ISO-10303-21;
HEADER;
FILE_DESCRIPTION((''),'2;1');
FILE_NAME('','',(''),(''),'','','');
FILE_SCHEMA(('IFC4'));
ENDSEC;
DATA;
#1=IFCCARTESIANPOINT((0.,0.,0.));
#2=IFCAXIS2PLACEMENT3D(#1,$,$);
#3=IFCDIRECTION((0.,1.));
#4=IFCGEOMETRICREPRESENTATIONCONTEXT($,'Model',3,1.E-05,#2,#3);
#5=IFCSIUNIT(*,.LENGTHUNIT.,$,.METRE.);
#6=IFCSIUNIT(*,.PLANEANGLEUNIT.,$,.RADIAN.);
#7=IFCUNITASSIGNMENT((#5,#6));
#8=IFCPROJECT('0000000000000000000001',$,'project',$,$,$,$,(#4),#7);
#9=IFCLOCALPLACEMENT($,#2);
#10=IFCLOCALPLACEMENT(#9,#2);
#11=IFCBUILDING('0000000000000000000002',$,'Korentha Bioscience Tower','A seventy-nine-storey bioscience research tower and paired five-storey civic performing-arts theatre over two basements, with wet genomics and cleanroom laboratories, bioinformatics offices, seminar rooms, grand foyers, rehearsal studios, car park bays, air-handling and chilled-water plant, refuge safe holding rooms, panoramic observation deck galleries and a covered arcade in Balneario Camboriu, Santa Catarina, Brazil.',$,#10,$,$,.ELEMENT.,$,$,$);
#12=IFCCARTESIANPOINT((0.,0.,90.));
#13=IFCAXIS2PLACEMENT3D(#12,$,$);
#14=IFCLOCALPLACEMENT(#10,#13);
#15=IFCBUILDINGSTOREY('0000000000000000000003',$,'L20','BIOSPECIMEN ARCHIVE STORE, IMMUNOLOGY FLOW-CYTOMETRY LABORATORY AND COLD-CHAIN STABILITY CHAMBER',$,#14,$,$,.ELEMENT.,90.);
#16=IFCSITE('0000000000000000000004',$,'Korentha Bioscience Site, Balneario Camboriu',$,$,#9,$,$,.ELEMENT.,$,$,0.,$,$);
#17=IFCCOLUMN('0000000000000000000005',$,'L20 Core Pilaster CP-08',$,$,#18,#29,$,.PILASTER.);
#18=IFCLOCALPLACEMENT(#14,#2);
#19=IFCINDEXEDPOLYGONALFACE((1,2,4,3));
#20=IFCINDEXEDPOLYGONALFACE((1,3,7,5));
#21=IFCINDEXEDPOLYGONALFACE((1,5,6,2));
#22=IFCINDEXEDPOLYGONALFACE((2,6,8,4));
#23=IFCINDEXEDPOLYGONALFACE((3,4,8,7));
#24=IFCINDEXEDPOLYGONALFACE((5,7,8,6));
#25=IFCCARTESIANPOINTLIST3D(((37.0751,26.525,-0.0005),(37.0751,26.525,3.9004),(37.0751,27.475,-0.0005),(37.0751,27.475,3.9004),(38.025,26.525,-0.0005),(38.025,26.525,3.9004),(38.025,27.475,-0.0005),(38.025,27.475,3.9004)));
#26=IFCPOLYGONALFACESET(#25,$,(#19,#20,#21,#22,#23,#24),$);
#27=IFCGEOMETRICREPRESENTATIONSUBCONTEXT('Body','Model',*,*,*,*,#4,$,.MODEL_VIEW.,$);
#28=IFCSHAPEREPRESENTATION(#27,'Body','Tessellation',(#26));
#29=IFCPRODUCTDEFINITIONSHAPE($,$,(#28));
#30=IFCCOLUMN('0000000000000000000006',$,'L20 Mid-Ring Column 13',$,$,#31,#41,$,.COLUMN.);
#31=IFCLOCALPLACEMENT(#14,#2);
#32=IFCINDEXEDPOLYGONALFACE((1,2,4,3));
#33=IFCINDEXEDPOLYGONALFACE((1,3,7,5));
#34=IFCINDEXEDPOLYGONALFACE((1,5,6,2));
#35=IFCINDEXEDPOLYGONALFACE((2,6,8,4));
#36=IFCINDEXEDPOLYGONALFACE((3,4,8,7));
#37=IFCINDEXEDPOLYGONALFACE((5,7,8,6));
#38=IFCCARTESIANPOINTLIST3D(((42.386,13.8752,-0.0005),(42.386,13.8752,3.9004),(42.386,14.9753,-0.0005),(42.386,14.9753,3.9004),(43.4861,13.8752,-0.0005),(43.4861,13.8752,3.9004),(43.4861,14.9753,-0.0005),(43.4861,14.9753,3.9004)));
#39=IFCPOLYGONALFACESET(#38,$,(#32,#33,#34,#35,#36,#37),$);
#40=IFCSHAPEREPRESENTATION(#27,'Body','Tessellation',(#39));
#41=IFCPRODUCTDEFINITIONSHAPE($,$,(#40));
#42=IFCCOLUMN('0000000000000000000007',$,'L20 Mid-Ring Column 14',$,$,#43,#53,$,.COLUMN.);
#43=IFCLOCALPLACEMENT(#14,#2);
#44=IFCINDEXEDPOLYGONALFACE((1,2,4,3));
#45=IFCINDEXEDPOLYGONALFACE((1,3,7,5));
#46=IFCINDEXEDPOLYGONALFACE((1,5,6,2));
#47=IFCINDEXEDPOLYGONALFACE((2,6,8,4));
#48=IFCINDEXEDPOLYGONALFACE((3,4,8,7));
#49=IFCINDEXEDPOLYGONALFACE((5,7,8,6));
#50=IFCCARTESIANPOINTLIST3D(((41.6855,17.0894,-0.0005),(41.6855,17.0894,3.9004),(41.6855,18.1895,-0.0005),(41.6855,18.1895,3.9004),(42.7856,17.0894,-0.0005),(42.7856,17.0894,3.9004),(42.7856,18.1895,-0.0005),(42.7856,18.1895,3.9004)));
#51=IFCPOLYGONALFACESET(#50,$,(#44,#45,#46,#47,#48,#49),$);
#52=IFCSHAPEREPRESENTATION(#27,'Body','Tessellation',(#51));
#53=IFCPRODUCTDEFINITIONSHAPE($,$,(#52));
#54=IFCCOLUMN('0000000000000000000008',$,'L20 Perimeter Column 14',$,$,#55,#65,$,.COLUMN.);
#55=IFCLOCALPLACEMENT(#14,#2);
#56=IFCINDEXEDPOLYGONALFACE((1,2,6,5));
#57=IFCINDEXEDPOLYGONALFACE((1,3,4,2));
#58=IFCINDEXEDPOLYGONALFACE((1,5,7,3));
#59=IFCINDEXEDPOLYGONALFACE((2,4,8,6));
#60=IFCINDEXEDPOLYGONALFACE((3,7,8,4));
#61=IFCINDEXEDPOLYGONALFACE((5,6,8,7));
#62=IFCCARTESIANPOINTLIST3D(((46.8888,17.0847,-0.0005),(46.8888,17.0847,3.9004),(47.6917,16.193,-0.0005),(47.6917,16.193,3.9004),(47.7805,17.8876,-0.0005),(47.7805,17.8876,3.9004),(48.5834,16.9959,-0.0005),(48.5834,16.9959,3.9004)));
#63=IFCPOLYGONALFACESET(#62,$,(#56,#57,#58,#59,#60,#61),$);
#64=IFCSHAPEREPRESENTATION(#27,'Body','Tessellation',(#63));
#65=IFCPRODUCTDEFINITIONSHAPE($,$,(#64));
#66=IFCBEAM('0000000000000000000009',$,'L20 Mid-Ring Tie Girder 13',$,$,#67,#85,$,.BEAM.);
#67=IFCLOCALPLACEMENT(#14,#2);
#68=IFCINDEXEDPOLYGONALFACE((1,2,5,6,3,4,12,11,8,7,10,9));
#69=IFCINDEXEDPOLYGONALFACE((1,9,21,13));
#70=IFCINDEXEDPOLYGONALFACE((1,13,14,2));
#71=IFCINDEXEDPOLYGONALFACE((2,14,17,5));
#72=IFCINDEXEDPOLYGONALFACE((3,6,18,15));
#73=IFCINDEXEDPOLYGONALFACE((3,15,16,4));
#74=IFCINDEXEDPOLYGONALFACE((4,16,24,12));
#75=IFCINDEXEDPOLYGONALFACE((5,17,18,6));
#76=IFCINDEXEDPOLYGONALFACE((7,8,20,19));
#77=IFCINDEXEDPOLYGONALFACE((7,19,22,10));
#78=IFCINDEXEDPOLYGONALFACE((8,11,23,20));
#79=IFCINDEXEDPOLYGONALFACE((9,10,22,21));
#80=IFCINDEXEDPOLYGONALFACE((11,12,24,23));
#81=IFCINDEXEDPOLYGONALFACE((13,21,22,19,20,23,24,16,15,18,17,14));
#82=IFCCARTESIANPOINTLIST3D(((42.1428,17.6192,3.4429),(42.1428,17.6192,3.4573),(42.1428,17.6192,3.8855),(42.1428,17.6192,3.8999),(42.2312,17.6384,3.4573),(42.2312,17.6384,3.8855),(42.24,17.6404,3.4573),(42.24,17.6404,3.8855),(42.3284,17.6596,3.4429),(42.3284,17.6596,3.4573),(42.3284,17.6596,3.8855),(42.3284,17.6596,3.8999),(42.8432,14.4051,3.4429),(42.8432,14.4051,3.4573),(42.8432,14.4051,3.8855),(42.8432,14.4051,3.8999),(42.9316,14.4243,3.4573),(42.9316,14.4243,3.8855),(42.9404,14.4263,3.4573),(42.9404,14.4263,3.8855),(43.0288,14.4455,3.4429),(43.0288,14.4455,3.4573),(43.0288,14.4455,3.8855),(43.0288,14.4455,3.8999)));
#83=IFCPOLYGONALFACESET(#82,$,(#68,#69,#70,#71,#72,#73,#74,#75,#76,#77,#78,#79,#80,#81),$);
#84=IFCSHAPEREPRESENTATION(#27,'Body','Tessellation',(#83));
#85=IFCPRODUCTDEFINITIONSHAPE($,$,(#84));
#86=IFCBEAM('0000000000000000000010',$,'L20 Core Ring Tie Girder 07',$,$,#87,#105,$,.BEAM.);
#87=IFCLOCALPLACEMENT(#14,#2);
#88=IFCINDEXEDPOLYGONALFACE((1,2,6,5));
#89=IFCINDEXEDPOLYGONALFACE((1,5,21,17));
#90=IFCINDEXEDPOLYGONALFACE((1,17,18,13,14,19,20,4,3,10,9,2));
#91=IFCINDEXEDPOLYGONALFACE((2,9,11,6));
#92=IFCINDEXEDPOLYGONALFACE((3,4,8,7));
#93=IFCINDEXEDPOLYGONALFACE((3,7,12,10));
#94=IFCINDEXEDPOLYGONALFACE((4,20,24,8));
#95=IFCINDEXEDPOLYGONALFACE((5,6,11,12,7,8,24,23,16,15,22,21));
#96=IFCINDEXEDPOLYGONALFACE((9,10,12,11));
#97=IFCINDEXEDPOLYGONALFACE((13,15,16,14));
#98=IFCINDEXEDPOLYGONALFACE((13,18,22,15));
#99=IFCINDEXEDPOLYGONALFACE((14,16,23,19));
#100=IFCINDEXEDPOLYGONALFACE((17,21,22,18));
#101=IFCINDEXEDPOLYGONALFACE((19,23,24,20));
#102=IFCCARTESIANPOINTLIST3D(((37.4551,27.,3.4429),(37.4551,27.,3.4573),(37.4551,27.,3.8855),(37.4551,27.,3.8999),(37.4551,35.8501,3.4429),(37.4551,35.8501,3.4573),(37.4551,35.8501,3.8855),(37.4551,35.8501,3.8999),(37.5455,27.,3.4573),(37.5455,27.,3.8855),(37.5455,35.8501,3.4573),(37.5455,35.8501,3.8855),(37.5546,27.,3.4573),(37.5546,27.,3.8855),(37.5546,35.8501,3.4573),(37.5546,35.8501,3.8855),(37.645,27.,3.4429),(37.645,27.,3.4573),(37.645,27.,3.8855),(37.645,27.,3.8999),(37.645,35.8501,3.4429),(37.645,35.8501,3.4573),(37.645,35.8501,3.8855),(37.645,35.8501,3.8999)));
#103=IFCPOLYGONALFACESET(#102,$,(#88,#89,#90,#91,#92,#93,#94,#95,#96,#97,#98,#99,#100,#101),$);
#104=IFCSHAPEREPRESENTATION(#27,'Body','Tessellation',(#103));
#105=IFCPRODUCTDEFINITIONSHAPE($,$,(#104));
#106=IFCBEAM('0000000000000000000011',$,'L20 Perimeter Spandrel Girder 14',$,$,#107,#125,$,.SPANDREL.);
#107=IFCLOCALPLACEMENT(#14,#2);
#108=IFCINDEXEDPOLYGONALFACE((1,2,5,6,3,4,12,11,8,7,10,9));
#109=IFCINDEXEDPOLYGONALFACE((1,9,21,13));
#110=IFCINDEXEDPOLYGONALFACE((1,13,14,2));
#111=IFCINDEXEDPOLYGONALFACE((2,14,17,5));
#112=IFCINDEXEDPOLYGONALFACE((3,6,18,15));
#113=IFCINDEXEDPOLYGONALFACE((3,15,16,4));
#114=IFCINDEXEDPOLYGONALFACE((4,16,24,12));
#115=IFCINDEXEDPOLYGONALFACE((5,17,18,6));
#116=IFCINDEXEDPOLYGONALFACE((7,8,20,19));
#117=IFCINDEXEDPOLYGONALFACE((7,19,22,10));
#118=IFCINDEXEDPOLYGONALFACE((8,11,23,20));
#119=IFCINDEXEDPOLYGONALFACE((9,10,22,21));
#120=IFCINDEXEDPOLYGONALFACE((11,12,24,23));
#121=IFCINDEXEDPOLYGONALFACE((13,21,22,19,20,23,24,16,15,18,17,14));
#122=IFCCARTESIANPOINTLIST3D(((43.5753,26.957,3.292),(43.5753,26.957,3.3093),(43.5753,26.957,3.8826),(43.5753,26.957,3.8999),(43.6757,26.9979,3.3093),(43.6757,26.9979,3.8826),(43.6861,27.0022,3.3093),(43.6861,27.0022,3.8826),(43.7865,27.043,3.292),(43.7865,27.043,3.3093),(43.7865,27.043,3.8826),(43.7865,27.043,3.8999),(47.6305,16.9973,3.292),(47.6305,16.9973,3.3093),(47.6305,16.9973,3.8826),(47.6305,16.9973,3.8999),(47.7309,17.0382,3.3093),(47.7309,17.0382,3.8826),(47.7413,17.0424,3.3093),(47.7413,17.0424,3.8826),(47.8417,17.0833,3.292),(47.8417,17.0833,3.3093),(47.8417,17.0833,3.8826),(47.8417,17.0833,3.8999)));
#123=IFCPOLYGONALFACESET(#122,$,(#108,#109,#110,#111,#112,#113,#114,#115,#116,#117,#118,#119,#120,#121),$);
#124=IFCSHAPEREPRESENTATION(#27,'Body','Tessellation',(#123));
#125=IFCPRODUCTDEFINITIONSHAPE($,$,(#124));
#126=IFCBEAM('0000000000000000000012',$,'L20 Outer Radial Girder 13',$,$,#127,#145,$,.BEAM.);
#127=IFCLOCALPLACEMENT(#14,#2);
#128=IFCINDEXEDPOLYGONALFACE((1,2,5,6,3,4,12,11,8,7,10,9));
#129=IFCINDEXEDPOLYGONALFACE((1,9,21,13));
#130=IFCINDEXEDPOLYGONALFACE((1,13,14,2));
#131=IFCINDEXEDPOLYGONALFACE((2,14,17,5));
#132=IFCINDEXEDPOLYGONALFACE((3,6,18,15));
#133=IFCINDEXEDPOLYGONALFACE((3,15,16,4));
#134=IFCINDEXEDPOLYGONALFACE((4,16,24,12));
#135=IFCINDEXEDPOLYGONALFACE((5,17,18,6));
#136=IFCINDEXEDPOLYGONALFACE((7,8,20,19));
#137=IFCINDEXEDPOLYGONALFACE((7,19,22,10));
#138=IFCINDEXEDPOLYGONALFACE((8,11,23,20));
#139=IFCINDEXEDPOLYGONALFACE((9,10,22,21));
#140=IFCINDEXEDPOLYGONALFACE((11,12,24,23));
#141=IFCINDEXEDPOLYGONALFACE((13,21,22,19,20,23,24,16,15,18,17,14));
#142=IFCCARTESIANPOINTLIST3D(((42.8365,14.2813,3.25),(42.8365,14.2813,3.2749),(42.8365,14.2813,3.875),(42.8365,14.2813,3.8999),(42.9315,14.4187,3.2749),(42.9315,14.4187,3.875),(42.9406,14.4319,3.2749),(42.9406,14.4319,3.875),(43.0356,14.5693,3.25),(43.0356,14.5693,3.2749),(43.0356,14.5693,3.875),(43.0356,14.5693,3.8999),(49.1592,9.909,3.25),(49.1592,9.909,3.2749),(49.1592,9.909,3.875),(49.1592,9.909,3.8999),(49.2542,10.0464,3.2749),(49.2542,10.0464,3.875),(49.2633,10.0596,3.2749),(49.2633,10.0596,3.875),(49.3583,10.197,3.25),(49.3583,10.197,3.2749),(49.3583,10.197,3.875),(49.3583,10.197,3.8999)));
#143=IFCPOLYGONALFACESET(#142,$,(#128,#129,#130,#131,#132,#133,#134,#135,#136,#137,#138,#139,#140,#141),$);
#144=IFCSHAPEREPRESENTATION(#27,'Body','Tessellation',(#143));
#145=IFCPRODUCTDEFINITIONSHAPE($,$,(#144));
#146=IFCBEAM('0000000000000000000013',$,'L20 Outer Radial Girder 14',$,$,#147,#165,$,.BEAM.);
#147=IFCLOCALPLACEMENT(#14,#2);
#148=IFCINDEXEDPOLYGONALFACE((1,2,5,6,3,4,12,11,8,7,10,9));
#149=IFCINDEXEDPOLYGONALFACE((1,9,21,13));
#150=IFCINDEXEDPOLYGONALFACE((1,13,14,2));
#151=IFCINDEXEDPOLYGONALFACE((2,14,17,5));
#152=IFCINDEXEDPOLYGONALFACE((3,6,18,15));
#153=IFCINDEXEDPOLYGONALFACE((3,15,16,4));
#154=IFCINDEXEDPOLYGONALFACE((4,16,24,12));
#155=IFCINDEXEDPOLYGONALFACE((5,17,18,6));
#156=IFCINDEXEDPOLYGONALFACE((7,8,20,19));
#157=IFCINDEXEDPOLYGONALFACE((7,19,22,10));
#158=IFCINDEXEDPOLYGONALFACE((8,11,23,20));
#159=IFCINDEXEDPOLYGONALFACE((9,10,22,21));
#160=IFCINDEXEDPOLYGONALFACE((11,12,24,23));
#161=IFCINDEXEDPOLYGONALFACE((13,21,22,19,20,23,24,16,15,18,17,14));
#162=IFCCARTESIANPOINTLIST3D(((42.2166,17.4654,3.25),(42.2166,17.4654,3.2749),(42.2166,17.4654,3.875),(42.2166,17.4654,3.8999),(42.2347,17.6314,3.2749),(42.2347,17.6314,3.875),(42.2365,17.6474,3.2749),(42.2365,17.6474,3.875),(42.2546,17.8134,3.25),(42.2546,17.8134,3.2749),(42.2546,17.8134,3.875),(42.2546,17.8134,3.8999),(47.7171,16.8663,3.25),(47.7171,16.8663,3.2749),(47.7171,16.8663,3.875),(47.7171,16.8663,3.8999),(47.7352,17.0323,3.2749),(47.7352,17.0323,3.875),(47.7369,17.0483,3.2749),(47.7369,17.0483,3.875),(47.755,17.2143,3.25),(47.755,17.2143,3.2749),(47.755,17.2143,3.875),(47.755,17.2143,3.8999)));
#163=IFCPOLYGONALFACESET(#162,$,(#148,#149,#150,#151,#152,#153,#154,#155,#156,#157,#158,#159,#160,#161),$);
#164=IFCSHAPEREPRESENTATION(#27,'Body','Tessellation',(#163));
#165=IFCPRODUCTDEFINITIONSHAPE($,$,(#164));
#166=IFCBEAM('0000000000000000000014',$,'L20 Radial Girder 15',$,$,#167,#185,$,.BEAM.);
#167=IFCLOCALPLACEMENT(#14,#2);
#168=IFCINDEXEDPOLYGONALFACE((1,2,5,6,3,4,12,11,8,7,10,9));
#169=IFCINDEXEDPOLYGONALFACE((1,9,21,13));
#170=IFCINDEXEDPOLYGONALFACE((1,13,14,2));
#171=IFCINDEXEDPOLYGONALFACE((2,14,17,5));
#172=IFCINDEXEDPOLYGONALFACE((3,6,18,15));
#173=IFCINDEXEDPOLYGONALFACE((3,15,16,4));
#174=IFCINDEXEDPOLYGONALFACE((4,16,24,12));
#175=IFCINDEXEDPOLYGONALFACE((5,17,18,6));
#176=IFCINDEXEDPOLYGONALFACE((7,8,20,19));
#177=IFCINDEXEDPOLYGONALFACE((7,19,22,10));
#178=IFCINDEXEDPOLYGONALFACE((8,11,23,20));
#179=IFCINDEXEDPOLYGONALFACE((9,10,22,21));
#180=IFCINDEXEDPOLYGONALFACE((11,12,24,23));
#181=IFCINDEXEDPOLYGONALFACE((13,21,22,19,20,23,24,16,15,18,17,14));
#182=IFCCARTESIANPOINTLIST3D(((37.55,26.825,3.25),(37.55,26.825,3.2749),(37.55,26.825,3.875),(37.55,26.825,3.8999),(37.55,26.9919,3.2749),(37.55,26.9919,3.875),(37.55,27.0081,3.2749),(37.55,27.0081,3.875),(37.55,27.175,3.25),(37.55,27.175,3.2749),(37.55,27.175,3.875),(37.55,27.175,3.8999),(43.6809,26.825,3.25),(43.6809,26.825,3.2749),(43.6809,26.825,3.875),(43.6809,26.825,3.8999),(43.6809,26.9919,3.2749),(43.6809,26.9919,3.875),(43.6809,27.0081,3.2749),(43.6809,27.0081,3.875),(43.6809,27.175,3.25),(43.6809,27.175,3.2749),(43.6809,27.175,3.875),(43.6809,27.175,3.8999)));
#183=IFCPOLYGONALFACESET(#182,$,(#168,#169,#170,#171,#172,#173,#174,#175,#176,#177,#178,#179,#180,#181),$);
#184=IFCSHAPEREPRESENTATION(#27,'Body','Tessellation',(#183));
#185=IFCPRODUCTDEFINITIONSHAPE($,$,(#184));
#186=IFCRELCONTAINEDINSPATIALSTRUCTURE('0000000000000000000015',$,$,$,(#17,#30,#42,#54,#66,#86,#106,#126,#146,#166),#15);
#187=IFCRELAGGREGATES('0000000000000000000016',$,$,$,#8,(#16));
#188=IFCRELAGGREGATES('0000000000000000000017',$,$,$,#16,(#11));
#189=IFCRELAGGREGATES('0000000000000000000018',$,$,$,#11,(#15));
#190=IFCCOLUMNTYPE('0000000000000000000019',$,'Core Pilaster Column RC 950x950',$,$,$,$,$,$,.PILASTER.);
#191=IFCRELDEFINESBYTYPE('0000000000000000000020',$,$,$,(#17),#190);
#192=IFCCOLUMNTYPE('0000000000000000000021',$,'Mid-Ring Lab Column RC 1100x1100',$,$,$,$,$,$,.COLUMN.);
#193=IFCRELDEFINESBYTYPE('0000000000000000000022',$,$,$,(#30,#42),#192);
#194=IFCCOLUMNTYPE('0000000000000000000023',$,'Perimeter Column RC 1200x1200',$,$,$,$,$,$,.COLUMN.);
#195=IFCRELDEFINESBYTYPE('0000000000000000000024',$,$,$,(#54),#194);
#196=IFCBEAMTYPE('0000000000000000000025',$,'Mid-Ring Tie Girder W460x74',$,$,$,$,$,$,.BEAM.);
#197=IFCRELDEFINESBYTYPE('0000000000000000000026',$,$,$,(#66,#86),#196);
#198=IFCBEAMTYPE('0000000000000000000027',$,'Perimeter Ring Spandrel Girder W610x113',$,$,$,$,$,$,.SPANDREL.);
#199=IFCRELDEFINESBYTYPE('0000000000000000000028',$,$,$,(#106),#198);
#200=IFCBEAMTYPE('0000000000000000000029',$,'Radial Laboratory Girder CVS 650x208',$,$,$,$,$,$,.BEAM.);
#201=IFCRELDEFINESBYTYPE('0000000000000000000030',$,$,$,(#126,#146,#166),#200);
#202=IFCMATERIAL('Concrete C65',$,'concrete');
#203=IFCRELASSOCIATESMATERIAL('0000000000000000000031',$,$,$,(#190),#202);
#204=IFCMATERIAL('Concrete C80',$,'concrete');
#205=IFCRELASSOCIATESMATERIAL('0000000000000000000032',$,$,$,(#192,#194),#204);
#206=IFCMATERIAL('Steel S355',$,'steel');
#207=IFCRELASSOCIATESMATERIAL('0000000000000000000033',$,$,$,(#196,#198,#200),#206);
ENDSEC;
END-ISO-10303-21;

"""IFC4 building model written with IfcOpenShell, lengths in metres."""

from ifc_helpers import new_model, si_unit, direction, frame, origin, origin_2d, place, context, subcontext, project, spatial, rectangle, i_section, extrude, material, material_profile, profile_set, type_object, element, save


model = new_model("IFC4")

# Units and contexts
model_context = context("Model", 3, precision=1e-05, world=origin(), true_north=direction((0.0, 1.0)))
body_context = subcontext(model_context, "Body", "Model", "MODEL_VIEW")
ifc_project = project(units=[si_unit("LENGTHUNIT", "METRE"), si_unit("PLANEANGLEUNIT", "RADIAN")], contexts=[model_context])

# Site, building, storey
site_placement = place(None, origin())
site = spatial("IfcSite", under=ifc_project, at=site_placement, Name="Korentha Bioscience Site, Balneario Camboriu", CompositionType="ELEMENT", RefElevation=0.0)
building_placement = place(site_placement, origin())
building = spatial("IfcBuilding", under=site, at=building_placement, Name="Korentha Bioscience Tower", Description="A seventy-nine-storey bioscience research tower and paired five-storey civic performing-arts theatre over two basements, with wet genomics and cleanroom laboratories, bioinformatics offices, seminar rooms, grand foyers, rehearsal studios, car park bays, air-handling and chilled-water plant, refuge safe holding rooms, panoramic observation deck galleries and a covered arcade in Balneario Camboriu, Santa Catarina, Brazil.", CompositionType="ELEMENT")
storey_placement = place(building_placement, frame((0.0, 0.0, 90.0)))
storey = spatial("IfcBuildingStorey", under=building, at=storey_placement, Name="L20", Description="BIOSPECIMEN ARCHIVE STORE, IMMUNOLOGY FLOW-CYTOMETRY LABORATORY AND COLD-CHAIN STABILITY CHAMBER", CompositionType="ELEMENT", Elevation=90.0)

# Columns
ifc_material_1 = material(Name="Concrete C65", Category="concrete")
ifc_material_profile_1 = material_profile(ifc_material_1, rectangle(XDim=0.95, YDim=0.95, at=origin_2d()), Name="Concrete C65")
ifc_profile_set_1 = profile_set([ifc_material_profile_1], Name="Concrete C65 (COL-CP09)")
column_type_1 = type_object("IfcColumnType", Name="Core Pilaster Column RC 950x950", PredefinedType="PILASTER", material=ifc_profile_set_1)
column_1_placement = place(storey_placement, frame((37.55, 27.0, -0.0005), z_axis=(0.0, 0.0, 1.0), x_axis=(1.0, 0.0, 0.0)))
element("IfcColumn", 1, at=column_1_placement, inside=storey, type_object=column_type_1, Name="L20 Core Pilaster CP-08", PredefinedType="PILASTER", context=body_context, shape_type="SweptSolid", body=[
    extrude(rectangle(XDim=0.95, YDim=0.95, at=origin_2d()), origin(), (0.0, 0.0, 1.0), 3.9009),
])
ifc_material_2 = material(Name="Concrete C80", Category="concrete")
ifc_material_profile_2 = material_profile(ifc_material_2, rectangle(XDim=1.1001, YDim=1.1001, at=origin_2d()), Name="Concrete C80")
ifc_profile_set_2 = profile_set([ifc_material_profile_2], Name="Concrete C80 (COL-MR11)")
column_type_2 = type_object("IfcColumnType", Name="Mid-Ring Lab Column RC 1100x1100", PredefinedType="COLUMN", material=ifc_profile_set_2)
for number, where, z_axis, x_axis, name in (
    (2, (42.936, 14.4253, -0.0005), (0.0, 0.0, 1.0), (1.0, 0.0, 0.0), "L20 Mid-Ring Column 13"),
    (3, (42.2356, 17.6394, -0.0005), (0.0, 0.0, 1.0), (1.0, 0.0, 0.0), "L20 Mid-Ring Column 14"),
):
    element("IfcColumn", number, at=place(storey_placement, frame(where, z_axis=z_axis, x_axis=x_axis)), inside=storey, type_object=column_type_2, Name=name, PredefinedType="COLUMN", context=body_context, shape_type="SweptSolid", body=[
        extrude(rectangle(XDim=1.1001, YDim=1.1001, at=origin_2d()), origin(), (0.0, 0.0, 1.0), 3.9009),
    ])
ifc_material_profile_3 = material_profile(ifc_material_2, rectangle(XDim=1.2, YDim=1.2, at=origin_2d()), Name="Concrete C80")
ifc_profile_set_3 = profile_set([ifc_material_profile_3], Name="Concrete C80 (COL-P12)")
column_type_3 = type_object("IfcColumnType", Name="Perimeter Column RC 1200x1200", PredefinedType="COLUMN", material=ifc_profile_set_3)
column_2_placement = place(storey_placement, frame((47.7361, 17.0403, -0.0005), z_axis=(0.0, 0.0, 1.0), x_axis=(-0.669131, 0.743145, 0.0)))
element("IfcColumn", 4, at=column_2_placement, inside=storey, type_object=column_type_3, Name="L20 Perimeter Column 14", PredefinedType="COLUMN", context=body_context, shape_type="SweptSolid", body=[
    extrude(rectangle(XDim=1.2, YDim=1.2, at=origin_2d()), origin(), (0.0, 0.0, 1.0), 3.9009),
])

# Beams
ifc_material_3 = material(Name="Steel S355", Category="steel")
ifc_material_profile_4 = material_profile(ifc_material_3, i_section(OverallWidth=0.1899, OverallDepth=0.457, WebThickness=0.009, FlangeThickness=0.0144, at=origin_2d()), Name="Steel S355")
ifc_profile_set_4 = profile_set([ifc_material_profile_4], Name="Steel S355 (MB-460)")
beam_type_1 = type_object("IfcBeamType", Name="Mid-Ring Tie Girder W460x74", PredefinedType="BEAM", material=ifc_profile_set_4)
beam_1_placement = place(storey_placement, frame((42.936, 14.4253, 3.6714), z_axis=(-0.212929, 0.977068, 0.0), x_axis=(-0.977068, -0.212929, 0.0)))
element("IfcBeam", 5, at=beam_1_placement, inside=storey, type_object=beam_type_1, Name="L20 Mid-Ring Tie Girder 13", PredefinedType="BEAM", context=body_context, shape_type="SweptSolid", body=[
    extrude(i_section(OverallWidth=0.1899, OverallDepth=0.457, WebThickness=0.009, FlangeThickness=0.0144, at=origin_2d()), origin(), (0.0, 0.0, 1.0), 3.2896),
])
beam_2_placement = place(storey_placement, frame((37.55, 27.0, 3.6714), z_axis=(0.0, 1.0, 0.0), x_axis=(-1.0, 0.0, 0.0)))
element("IfcBeam", 6, at=beam_2_placement, inside=storey, type_object=beam_type_1, Name="L20 Core Ring Tie Girder 07", PredefinedType="BEAM", context=body_context, shape_type="SweptSolid", body=[
    extrude(i_section(OverallWidth=0.1899, OverallDepth=0.457, WebThickness=0.009, FlangeThickness=0.0144, at=origin_2d()), origin(), (0.0, 0.0, 1.0), 8.8501),
])
ifc_material_profile_5 = material_profile(ifc_material_3, i_section(OverallWidth=0.228, OverallDepth=0.6079, WebThickness=0.0112, FlangeThickness=0.0173, at=origin_2d()), Name="Steel S355")
ifc_profile_set_5 = profile_set([ifc_material_profile_5], Name="Steel S355 (SB-610)")
beam_type_2 = type_object("IfcBeamType", Name="Perimeter Ring Spandrel Girder W610x113", PredefinedType="SPANDREL", material=ifc_profile_set_5)
beam_3_placement = place(storey_placement, frame((47.7361, 17.0403, 3.5959), z_axis=(-0.377099, 0.926173, 0.0), x_axis=(-0.926173, -0.377099, 0.0)))
element("IfcBeam", 7, at=beam_3_placement, inside=storey, type_object=beam_type_2, Name="L20 Perimeter Spandrel Girder 14", PredefinedType="SPANDREL", context=body_context, shape_type="SweptSolid", body=[
    extrude(i_section(OverallWidth=0.228, OverallDepth=0.6079, WebThickness=0.0112, FlangeThickness=0.0173, at=origin_2d()), origin(), (0.0, 0.0, 1.0), 10.7537),
])
ifc_material_profile_6 = material_profile(ifc_material_3, i_section(OverallWidth=0.3501, OverallDepth=0.6499, WebThickness=0.0161, FlangeThickness=0.0249, at=origin_2d()), Name="Steel S355")
ifc_profile_set_6 = profile_set([ifc_material_profile_6], Name="Steel S355 (RB-650)")
beam_type_3 = type_object("IfcBeamType", Name="Radial Laboratory Girder CVS 650x208", PredefinedType="BEAM", material=ifc_profile_set_6)
beam_4_placement = place(storey_placement, frame((42.936, 14.4253, 3.575), z_axis=(0.822495, -0.568772, 0.0), x_axis=(0.568772, 0.822495, 0.0)))
element("IfcBeam", 8, at=beam_4_placement, inside=storey, type_object=beam_type_3, Name="L20 Outer Radial Girder 13", PredefinedType="BEAM", context=body_context, shape_type="SweptSolid", body=[
    extrude(i_section(OverallWidth=0.3501, OverallDepth=0.6499, WebThickness=0.0161, FlangeThickness=0.0249, at=origin_2d()), origin(), (0.0, 0.0, 1.0), 7.6873),
])
beam_5_placement = place(storey_placement, frame((42.2356, 17.6394, 3.575), z_axis=(0.99412, -0.108281, 0.0), x_axis=(0.108281, 0.99412, 0.0)))
element("IfcBeam", 9, at=beam_5_placement, inside=storey, type_object=beam_type_3, Name="L20 Outer Radial Girder 14", PredefinedType="BEAM", context=body_context, shape_type="SweptSolid", body=[
    extrude(i_section(OverallWidth=0.3501, OverallDepth=0.6499, WebThickness=0.0161, FlangeThickness=0.0249, at=origin_2d()), origin(), (0.0, 0.0, 1.0), 5.533),
])
beam_6_placement = place(storey_placement, frame((37.55, 27.0, 3.575), z_axis=(1.0, 0.0, 0.0), x_axis=(0.0, 1.0, 0.0)))
element("IfcBeam", 10, at=beam_6_placement, inside=storey, type_object=beam_type_3, Name="L20 Radial Girder 15", PredefinedType="BEAM", context=body_context, shape_type="SweptSolid", body=[
    extrude(i_section(OverallWidth=0.3501, OverallDepth=0.6499, WebThickness=0.0161, FlangeThickness=0.0249, at=origin_2d()), origin(), (0.0, 0.0, 1.0), 6.1309),
])

save(model, "model.ifc")
